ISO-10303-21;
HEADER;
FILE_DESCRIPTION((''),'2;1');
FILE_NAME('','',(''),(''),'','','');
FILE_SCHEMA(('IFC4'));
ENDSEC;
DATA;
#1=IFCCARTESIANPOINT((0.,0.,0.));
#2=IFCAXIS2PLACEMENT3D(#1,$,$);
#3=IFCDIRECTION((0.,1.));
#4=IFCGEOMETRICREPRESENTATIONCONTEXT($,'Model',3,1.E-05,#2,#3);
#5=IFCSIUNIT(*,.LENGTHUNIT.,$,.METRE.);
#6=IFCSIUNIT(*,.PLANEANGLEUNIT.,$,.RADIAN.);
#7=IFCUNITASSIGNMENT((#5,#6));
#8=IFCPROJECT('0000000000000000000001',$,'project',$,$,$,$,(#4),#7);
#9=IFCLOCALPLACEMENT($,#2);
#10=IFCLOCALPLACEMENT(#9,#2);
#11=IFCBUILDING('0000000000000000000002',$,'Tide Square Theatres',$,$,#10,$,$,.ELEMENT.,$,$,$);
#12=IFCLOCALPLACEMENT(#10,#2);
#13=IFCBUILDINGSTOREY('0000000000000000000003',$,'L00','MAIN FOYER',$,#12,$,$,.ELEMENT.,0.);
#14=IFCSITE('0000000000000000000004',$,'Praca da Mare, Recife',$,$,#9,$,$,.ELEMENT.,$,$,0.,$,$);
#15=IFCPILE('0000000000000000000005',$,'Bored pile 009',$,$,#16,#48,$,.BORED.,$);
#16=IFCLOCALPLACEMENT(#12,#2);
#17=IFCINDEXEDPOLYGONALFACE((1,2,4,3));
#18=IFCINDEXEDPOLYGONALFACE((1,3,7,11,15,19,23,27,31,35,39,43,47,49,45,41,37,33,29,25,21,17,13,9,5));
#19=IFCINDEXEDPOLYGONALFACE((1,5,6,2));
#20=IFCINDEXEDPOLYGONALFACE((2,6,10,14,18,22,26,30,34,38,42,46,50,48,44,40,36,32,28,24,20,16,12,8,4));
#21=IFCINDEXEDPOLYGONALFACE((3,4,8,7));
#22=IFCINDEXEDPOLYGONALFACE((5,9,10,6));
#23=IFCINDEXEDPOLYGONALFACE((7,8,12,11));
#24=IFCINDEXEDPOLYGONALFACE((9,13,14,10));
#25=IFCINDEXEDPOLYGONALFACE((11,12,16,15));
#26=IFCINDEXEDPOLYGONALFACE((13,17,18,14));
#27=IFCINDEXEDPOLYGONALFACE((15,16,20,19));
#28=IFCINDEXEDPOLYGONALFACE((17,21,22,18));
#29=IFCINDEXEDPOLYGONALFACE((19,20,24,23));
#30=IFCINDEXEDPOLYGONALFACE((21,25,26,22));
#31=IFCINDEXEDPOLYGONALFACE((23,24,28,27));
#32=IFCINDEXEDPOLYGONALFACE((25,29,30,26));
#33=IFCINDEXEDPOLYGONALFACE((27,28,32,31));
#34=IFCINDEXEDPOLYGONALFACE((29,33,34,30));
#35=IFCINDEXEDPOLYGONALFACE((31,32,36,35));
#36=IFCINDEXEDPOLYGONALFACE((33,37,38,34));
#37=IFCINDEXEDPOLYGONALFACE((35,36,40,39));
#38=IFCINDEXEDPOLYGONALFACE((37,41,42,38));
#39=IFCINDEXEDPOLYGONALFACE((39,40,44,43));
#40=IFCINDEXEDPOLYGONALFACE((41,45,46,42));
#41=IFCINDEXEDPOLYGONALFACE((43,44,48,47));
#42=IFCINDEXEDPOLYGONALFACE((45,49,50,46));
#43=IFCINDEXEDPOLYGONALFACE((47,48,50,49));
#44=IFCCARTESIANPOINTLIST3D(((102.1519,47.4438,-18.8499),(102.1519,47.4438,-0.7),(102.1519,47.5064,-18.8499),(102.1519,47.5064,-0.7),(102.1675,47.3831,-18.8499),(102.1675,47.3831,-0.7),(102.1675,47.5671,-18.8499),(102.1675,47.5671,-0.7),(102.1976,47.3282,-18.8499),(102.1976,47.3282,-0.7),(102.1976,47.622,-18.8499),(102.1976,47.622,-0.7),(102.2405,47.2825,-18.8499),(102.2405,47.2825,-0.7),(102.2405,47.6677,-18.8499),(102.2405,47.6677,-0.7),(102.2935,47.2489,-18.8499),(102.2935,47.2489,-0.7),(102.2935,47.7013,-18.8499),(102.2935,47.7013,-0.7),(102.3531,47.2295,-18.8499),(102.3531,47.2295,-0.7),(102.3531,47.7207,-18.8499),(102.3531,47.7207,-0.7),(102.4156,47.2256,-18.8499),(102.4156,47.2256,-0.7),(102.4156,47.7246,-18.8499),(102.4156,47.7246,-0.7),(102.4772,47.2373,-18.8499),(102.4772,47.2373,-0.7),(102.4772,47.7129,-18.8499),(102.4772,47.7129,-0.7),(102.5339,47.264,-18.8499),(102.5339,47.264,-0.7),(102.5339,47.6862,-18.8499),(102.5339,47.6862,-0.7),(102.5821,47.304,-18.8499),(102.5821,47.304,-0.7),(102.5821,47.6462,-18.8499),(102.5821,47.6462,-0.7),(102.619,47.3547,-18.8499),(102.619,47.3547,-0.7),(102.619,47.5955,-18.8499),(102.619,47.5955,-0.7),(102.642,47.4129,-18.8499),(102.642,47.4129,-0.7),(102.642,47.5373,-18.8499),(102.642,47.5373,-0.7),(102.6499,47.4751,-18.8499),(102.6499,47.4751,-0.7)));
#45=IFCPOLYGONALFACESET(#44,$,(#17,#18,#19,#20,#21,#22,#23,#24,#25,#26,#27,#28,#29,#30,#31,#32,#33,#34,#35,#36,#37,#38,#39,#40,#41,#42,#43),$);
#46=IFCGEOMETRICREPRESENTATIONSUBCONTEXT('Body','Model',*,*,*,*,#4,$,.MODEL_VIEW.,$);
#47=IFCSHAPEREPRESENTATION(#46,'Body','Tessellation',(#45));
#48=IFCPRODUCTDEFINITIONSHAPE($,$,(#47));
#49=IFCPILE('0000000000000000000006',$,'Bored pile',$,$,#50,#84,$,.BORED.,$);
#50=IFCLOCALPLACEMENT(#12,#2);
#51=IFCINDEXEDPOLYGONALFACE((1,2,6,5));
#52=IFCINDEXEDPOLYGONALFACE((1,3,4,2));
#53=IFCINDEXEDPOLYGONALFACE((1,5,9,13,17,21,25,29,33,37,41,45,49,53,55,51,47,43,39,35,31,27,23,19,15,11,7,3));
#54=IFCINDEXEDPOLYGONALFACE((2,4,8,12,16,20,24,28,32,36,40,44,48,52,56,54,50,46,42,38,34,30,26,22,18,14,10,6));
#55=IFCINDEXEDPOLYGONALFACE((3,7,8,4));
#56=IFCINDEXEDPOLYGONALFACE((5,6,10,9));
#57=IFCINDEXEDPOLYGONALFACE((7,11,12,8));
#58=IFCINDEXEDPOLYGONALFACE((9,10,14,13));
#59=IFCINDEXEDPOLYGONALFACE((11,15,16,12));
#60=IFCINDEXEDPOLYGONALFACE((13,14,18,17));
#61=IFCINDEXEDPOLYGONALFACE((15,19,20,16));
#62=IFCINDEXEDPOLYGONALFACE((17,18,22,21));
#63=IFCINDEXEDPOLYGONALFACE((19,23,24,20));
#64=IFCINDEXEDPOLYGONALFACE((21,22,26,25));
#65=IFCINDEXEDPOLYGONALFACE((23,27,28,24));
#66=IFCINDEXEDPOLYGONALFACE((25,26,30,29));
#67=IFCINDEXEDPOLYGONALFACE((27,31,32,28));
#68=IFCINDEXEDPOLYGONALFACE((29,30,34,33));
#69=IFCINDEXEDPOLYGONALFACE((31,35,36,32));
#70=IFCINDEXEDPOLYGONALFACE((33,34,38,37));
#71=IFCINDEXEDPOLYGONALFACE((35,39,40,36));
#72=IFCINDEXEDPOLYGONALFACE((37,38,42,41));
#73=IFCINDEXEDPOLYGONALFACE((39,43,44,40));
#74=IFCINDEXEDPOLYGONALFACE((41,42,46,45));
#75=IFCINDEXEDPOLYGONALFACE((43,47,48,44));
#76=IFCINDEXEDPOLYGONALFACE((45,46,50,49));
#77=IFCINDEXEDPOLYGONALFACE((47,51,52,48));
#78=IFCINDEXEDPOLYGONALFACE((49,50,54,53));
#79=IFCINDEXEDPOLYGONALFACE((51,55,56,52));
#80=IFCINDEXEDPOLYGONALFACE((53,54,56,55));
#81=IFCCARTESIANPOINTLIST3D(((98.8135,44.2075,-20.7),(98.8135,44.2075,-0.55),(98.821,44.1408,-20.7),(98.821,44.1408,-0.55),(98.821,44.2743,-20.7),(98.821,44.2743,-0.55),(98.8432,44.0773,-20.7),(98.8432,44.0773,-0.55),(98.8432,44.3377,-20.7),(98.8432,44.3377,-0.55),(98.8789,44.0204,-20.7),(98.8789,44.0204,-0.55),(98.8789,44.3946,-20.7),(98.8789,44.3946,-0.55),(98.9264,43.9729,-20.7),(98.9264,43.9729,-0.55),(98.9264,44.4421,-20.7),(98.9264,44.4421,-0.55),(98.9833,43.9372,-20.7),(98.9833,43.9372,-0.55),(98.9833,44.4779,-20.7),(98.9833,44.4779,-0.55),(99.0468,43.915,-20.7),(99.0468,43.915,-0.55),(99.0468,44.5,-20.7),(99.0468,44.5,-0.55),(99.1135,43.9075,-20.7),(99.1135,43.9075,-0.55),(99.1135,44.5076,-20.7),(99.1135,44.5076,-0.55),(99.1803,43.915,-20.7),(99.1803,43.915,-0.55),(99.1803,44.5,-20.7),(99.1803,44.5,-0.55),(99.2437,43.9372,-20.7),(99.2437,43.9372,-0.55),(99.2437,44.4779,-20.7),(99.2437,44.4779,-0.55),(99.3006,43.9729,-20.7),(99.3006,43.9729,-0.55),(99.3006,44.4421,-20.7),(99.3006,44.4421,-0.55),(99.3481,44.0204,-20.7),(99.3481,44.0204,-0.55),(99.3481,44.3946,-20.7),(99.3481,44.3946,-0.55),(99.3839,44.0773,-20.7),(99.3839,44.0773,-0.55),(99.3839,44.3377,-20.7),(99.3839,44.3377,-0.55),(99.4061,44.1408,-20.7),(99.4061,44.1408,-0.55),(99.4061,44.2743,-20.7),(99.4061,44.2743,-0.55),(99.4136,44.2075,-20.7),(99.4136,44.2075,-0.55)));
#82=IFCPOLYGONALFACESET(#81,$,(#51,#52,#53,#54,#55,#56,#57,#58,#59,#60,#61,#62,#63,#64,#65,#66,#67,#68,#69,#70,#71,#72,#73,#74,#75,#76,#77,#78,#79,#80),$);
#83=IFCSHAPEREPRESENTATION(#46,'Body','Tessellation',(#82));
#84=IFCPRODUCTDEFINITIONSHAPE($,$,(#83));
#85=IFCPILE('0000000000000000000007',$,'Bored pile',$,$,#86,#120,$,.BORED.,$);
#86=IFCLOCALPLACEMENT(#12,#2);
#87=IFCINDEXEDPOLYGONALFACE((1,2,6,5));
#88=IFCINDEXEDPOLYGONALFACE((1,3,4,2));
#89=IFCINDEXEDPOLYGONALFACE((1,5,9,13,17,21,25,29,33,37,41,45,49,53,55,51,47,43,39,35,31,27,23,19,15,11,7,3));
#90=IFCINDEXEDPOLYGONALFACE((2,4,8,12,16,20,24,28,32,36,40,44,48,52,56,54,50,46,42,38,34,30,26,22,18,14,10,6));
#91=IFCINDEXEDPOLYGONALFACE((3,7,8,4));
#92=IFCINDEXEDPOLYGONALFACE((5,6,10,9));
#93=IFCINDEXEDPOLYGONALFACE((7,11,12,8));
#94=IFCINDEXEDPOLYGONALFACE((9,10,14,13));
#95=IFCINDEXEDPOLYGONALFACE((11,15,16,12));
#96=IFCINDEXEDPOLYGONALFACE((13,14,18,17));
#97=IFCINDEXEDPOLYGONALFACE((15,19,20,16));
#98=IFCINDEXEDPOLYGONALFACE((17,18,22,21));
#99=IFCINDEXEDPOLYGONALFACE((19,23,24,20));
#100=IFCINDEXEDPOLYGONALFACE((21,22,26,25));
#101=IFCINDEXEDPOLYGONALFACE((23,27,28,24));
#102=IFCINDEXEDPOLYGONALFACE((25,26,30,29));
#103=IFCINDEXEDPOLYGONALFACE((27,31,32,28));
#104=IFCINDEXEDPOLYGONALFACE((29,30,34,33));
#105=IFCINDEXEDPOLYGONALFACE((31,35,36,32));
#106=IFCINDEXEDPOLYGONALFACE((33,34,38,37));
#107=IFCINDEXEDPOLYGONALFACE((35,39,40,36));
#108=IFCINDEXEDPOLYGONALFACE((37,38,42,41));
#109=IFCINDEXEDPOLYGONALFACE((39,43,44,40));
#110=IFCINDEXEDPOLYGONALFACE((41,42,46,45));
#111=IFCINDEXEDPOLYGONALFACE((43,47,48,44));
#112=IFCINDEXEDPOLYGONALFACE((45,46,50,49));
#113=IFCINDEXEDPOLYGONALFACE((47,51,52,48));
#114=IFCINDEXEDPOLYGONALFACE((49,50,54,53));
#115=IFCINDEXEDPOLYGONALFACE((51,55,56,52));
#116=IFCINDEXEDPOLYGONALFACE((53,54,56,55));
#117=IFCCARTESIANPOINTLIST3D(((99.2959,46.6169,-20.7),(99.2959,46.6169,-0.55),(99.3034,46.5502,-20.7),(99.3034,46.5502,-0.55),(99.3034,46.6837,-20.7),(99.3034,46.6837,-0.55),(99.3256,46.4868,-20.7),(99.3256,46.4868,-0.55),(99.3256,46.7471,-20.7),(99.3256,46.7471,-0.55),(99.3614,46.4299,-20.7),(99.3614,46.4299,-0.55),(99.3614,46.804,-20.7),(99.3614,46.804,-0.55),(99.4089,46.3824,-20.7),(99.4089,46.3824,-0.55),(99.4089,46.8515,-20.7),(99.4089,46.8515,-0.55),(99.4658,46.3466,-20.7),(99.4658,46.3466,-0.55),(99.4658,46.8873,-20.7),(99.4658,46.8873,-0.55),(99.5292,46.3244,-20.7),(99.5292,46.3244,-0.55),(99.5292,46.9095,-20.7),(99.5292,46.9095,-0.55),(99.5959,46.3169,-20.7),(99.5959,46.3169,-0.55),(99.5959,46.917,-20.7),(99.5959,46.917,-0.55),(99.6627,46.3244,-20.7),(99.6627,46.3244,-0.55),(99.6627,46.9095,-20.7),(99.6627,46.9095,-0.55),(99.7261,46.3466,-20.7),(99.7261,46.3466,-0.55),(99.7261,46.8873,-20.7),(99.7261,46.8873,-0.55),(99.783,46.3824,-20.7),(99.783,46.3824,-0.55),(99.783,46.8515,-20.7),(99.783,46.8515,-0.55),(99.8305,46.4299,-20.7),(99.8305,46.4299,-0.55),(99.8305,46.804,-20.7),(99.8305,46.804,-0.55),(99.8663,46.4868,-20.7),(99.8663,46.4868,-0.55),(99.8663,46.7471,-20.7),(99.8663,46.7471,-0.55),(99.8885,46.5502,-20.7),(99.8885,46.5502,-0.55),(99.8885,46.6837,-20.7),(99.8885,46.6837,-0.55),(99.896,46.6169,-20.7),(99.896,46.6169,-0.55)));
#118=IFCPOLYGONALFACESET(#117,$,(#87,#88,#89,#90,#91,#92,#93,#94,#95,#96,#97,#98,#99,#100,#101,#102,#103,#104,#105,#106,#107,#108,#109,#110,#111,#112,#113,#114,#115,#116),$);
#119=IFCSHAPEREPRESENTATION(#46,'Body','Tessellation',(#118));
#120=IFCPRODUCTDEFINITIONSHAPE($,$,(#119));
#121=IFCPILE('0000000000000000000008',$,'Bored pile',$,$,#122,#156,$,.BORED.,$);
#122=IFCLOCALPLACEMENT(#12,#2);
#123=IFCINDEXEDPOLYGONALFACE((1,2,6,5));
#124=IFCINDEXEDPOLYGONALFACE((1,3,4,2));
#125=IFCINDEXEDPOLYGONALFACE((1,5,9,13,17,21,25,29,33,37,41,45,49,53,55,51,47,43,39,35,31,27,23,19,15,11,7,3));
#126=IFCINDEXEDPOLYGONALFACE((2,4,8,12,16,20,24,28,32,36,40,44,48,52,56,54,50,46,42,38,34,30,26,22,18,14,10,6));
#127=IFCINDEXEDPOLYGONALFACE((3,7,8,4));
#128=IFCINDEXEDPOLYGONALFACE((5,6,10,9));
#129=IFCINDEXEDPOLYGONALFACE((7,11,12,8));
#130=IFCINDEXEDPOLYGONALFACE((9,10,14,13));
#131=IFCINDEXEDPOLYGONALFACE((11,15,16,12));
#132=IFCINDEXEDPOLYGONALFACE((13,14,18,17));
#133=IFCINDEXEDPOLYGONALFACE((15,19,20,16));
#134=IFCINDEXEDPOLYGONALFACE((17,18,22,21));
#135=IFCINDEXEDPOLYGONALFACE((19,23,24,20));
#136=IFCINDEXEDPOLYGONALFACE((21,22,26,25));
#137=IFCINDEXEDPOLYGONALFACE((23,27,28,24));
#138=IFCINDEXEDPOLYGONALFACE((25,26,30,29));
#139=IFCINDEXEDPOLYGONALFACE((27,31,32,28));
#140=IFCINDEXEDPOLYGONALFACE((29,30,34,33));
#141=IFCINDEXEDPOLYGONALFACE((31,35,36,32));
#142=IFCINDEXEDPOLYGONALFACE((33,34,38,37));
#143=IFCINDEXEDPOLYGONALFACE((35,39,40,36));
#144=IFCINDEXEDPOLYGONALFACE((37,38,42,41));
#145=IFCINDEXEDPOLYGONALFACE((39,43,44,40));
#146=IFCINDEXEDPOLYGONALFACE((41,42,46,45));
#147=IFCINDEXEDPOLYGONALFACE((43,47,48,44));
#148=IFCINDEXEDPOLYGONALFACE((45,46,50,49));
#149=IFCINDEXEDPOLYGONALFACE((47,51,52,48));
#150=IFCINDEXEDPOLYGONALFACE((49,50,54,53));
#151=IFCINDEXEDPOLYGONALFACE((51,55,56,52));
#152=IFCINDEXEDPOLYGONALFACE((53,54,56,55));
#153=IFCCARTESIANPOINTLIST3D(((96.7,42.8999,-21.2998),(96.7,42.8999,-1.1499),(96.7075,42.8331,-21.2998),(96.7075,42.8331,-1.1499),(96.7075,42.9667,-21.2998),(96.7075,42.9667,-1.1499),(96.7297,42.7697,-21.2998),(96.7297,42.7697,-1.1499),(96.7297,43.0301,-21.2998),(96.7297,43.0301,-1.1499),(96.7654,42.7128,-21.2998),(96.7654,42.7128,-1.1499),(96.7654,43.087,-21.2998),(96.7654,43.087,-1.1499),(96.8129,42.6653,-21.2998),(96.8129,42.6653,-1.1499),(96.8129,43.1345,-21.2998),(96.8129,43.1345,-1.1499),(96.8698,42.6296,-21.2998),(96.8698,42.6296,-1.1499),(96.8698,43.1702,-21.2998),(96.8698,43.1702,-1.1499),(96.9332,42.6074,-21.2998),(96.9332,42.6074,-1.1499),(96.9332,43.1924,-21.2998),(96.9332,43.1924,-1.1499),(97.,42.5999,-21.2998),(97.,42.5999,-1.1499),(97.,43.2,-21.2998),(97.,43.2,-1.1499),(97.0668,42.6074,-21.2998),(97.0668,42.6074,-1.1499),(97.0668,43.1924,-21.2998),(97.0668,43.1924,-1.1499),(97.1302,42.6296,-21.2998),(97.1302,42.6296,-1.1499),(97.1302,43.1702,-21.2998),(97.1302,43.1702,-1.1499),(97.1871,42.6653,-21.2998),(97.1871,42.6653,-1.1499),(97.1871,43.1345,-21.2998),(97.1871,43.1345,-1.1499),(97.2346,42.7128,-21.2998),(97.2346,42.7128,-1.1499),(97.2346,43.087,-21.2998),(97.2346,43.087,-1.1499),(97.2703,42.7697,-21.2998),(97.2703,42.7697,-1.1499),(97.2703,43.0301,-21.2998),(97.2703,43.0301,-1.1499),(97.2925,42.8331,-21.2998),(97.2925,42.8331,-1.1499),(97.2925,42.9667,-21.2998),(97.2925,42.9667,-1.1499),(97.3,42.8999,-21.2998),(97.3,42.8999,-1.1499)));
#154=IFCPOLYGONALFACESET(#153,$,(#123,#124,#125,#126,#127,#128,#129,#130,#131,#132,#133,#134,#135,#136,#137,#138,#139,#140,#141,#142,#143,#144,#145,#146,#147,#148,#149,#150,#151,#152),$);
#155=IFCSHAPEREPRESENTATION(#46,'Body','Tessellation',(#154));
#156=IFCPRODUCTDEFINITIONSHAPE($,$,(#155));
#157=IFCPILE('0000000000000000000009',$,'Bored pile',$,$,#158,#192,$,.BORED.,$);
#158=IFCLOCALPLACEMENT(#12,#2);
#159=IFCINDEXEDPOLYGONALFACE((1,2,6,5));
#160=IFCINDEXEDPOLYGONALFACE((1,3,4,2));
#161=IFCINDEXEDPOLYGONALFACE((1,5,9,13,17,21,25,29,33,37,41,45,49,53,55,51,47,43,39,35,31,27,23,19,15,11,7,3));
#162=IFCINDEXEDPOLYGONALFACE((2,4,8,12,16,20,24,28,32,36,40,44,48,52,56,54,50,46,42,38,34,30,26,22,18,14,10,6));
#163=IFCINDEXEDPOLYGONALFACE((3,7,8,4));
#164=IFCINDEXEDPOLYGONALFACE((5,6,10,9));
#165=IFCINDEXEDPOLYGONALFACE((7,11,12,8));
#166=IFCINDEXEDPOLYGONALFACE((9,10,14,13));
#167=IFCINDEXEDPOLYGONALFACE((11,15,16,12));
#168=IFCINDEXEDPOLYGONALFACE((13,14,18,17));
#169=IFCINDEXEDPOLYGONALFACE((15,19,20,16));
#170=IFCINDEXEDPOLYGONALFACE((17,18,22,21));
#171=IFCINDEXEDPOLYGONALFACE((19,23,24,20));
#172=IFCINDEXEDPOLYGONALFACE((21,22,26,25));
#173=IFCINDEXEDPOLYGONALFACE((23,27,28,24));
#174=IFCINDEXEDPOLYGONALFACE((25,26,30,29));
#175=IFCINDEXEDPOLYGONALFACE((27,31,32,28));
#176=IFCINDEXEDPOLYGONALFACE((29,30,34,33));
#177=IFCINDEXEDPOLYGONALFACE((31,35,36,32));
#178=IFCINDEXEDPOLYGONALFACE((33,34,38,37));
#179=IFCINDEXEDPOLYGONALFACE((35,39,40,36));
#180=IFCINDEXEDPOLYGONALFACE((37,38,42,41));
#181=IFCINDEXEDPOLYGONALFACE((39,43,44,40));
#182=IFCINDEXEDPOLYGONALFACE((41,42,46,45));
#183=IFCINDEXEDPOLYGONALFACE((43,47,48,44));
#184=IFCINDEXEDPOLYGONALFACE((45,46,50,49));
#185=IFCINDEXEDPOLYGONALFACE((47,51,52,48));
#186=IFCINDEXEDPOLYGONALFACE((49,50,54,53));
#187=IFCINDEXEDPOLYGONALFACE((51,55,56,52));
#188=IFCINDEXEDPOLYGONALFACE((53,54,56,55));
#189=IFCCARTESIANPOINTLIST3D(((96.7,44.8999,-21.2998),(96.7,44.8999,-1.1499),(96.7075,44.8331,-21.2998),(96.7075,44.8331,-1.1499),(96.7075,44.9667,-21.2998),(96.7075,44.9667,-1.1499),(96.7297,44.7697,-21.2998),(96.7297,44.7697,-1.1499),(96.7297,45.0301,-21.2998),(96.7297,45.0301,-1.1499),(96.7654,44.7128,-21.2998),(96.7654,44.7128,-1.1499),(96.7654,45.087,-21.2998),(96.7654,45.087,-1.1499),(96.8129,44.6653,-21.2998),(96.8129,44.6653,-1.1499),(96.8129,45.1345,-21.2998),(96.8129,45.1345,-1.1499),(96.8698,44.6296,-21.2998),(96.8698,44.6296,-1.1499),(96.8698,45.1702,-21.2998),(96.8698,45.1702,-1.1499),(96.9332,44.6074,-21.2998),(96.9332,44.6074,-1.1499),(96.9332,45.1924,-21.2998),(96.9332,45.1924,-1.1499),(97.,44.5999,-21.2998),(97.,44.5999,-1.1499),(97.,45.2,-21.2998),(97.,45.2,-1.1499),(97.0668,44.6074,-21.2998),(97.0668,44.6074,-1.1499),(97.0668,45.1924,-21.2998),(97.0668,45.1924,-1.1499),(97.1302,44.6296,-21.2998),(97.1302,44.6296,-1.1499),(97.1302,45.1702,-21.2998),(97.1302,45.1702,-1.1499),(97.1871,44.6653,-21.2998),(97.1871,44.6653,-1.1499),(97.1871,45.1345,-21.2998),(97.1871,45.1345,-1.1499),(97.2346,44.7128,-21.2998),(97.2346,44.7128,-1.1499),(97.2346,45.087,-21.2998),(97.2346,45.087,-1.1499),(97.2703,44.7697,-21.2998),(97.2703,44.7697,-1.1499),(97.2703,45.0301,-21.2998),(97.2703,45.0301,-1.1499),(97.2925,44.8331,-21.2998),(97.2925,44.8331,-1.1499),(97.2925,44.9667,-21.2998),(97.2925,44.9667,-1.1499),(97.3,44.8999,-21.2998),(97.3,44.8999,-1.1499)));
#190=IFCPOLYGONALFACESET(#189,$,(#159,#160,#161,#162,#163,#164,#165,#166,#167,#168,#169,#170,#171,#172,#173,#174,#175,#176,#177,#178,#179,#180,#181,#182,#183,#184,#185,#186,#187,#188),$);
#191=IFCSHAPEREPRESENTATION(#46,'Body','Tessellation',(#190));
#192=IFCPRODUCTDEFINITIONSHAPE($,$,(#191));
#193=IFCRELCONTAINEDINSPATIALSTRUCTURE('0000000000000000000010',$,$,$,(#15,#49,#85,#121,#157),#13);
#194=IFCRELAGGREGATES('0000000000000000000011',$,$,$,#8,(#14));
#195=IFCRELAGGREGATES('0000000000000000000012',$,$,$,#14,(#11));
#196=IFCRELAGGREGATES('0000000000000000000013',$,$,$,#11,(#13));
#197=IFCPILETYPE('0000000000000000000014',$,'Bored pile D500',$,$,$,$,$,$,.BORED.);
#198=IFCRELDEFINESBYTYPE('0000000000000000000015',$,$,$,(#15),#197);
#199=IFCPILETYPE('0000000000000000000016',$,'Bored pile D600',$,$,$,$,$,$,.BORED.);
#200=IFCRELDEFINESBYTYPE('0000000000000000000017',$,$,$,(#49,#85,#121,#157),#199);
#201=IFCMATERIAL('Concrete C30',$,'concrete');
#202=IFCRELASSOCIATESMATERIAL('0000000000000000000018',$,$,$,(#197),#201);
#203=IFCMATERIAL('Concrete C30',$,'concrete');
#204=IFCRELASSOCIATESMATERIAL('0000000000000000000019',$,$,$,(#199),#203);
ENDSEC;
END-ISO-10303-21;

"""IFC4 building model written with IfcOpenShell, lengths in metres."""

from ifc_helpers import new_model, si_unit, direction, frame, origin, origin_2d, place, context, subcontext, project, spatial, circle, extrude, material, material_profile, profile_set, type_object, element, save


model = new_model("IFC4")

# Units and contexts
model_context = context("Model", 3, precision=1e-05, world=origin(), true_north=direction((0.0, 1.0)))
body_context = subcontext(model_context, "Body", "Model", "MODEL_VIEW")
ifc_project = project(units=[si_unit("LENGTHUNIT", "METRE"), si_unit("PLANEANGLEUNIT", "RADIAN")], contexts=[model_context])

# Site, building, storey
site_placement = place(None, origin())
site = spatial("IfcSite", under=ifc_project, at=site_placement, Name="Praca da Mare, Recife", CompositionType="ELEMENT", RefElevation=0.0)
building_placement = place(site_placement, origin())
building = spatial("IfcBuilding", under=site, at=building_placement, Name="Tide Square Theatres", CompositionType="ELEMENT")
storey_placement = place(building_placement, origin())
storey = spatial("IfcBuildingStorey", under=building, at=storey_placement, Name="L00", Description="MAIN FOYER", CompositionType="ELEMENT", Elevation=0.0)

# Piles
ifc_material_1 = material(Name="Concrete C30", Category="concrete")
ifc_material_profile_1 = material_profile(ifc_material_1, circle(Radius=0.25, at=origin_2d()))
ifc_profile_set_1 = profile_set([ifc_material_profile_1], Name="Concrete C30")
pile_type_1 = type_object("IfcPileType", Name="Bored pile D500", PredefinedType="BORED", material=ifc_profile_set_1)
pile_placement = place(storey_placement, frame((102.3999, 47.4751, -0.7), z_axis=(0.0, 0.0, -1.0), x_axis=(1.0, 0.0, 0.0)))
element("IfcPile", 1, at=pile_placement, inside=storey, type_object=pile_type_1, Name="Bored pile 009", PredefinedType="BORED", context=body_context, shape_type="SweptSolid", body=[
    extrude(circle(Radius=0.25, at=origin_2d()), origin(), (0.0, 0.0, 1.0), 18.1499),
])
ifc_material_2 = material(Name="Concrete C30", Category="concrete")
ifc_material_profile_2 = material_profile(ifc_material_2, circle(Radius=0.3, at=origin_2d()))
ifc_profile_set_2 = profile_set([ifc_material_profile_2], Name="Concrete C30")
pile_type_2 = type_object("IfcPileType", Name="Bored pile D600", PredefinedType="BORED", material=ifc_profile_set_2)
for number, where, z_axis, x_axis, name in (
    (2, (99.1135, 44.2075, -0.55), (0.0, 0.0, -1.0), (1.0, 0.0, 0.0), "Bored pile"),
    (3, (99.5959, 46.6169, -0.55), (0.0, 0.0, -1.0), (1.0, 0.0, 0.0), "Bored pile"),
    (4, (97.0, 42.8999, -1.1499), (0.0, 0.0, -1.0), (1.0, 0.0, 0.0), "Bored pile"),
    (5, (97.0, 44.8999, -1.1499), (0.0, 0.0, -1.0), (1.0, 0.0, 0.0), "Bored pile"),
):
    element("IfcPile", number, at=place(storey_placement, frame(where, z_axis=z_axis, x_axis=x_axis)), inside=storey, type_object=pile_type_2, Name=name, PredefinedType="BORED", context=body_context, shape_type="SweptSolid", body=[
        extrude(circle(Radius=0.3, at=origin_2d()), origin(), (0.0, 0.0, 1.0), 20.1499),
    ])

save(model, "model.ifc")
